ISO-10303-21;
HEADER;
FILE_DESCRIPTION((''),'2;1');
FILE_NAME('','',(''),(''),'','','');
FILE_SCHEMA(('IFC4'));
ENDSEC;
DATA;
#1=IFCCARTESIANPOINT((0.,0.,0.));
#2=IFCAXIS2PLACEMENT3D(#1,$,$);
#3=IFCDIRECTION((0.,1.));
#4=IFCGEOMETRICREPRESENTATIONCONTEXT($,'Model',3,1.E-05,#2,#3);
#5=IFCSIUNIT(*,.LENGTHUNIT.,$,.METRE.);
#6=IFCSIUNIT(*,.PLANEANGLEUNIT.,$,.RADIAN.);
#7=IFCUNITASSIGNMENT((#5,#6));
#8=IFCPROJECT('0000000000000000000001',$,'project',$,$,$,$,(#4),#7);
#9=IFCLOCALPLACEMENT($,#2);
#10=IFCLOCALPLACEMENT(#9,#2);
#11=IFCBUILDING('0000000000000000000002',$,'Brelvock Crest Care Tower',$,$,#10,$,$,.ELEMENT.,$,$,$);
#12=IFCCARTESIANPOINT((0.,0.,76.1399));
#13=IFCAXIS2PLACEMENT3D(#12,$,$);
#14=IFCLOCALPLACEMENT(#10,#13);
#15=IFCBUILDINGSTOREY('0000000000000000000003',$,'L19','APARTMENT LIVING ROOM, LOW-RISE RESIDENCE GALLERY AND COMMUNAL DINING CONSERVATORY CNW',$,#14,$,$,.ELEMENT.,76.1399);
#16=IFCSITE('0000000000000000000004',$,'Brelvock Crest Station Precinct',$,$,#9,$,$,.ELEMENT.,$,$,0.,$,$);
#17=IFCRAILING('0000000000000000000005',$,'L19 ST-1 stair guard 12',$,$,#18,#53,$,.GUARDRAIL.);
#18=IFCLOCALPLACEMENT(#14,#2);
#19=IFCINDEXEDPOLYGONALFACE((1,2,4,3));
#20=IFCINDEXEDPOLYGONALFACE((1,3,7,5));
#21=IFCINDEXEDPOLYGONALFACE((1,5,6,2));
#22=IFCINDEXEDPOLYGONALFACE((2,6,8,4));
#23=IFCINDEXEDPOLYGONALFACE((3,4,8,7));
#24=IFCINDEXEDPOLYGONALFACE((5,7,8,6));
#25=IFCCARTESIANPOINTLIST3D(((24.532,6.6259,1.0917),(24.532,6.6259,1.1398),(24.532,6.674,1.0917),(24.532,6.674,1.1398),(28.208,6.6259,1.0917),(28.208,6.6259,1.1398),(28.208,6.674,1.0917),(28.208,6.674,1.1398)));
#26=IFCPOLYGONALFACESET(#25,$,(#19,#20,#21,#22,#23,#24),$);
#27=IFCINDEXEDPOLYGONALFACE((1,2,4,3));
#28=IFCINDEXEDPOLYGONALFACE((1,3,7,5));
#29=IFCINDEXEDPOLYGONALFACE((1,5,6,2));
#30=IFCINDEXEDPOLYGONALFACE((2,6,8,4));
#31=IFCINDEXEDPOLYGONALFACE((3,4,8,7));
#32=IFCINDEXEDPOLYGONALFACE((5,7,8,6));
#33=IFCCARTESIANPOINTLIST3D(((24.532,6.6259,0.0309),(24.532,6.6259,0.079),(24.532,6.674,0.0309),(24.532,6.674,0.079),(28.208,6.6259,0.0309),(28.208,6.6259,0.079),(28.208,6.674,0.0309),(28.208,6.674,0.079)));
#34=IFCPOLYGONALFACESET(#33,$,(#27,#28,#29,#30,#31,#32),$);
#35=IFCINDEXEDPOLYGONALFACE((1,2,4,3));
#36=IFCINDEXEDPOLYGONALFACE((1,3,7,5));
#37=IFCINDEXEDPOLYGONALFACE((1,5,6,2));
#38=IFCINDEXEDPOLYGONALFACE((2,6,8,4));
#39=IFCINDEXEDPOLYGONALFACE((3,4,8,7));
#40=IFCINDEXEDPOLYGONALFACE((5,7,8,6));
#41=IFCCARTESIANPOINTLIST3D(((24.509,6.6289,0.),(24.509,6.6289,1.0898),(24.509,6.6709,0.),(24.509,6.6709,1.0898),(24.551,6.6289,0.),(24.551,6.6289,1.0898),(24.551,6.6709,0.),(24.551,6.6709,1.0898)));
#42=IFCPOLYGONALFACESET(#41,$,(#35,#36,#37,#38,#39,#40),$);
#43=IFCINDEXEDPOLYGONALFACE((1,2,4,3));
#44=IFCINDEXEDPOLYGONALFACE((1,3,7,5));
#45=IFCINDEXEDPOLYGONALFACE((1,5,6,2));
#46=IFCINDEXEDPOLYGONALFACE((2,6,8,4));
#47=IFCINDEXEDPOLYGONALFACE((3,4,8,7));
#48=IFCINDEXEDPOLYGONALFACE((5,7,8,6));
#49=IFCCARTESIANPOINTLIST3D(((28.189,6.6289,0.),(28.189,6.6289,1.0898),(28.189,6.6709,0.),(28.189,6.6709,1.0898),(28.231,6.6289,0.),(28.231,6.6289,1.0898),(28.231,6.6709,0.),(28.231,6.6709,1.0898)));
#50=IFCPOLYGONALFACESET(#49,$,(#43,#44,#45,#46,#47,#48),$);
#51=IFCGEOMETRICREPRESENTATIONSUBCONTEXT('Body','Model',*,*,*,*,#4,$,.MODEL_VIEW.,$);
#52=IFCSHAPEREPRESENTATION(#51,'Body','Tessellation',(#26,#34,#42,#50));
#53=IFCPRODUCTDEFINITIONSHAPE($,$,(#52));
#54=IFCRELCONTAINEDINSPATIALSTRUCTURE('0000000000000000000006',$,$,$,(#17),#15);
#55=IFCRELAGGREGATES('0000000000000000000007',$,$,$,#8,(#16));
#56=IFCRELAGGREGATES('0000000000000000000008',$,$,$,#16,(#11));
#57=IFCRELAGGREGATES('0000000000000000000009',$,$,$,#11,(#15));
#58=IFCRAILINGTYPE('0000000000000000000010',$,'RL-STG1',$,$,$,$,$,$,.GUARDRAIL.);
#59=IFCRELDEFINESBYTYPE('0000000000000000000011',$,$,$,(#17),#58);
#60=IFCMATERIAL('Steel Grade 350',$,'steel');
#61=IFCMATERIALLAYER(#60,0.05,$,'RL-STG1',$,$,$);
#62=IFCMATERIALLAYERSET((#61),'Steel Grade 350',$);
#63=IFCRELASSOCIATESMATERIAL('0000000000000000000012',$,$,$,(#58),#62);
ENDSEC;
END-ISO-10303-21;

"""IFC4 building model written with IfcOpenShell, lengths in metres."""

from ifc_helpers import new_model, si_unit, direction, frame, origin, origin_2d, place, context, subcontext, project, spatial, rectangle, extrude, material, layer, layer_set, type_object, element, save


model = new_model("IFC4")

# Units and contexts
model_context = context("Model", 3, precision=1e-05, world=origin(), true_north=direction((0.0, 1.0)))
body_context = subcontext(model_context, "Body", "Model", "MODEL_VIEW")
ifc_project = project(units=[si_unit("LENGTHUNIT", "METRE"), si_unit("PLANEANGLEUNIT", "RADIAN")], contexts=[model_context])

# Site, building, storey
site_placement = place(None, origin())
site = spatial("IfcSite", under=ifc_project, at=site_placement, Name="Brelvock Crest Station Precinct", CompositionType="ELEMENT", RefElevation=0.0)
building_placement = place(site_placement, origin())
building = spatial("IfcBuilding", under=site, at=building_placement, Name="Brelvock Crest Care Tower", CompositionType="ELEMENT")
storey_placement = place(building_placement, frame((0.0, 0.0, 76.1399)))
storey = spatial("IfcBuildingStorey", under=building, at=storey_placement, Name="L19", Description="APARTMENT LIVING ROOM, LOW-RISE RESIDENCE GALLERY AND COMMUNAL DINING CONSERVATORY CNW", CompositionType="ELEMENT", Elevation=76.1399)

# Shared definitions
ifc_material_1 = material(Name="Steel Grade 350", Category="steel")

# Railing
ifc_layer_1 = layer(ifc_material_1, 0.05, Name="RL-STG1")
ifc_layer_set_1 = layer_set([ifc_layer_1], Name="Steel Grade 350")
railing_type = type_object("IfcRailingType", Name="RL-STG1", PredefinedType="GUARDRAIL", material=ifc_layer_set_1)
railing_1_placement = place(storey_placement, frame((24.53, 6.6499, 0.0)))
element("IfcRailing", 1, at=railing_1_placement, inside=storey, type_object=railing_type, Name="L19 ST-1 stair guard 12", PredefinedType="GUARDRAIL", context=body_context, shape_type="SweptSolid", body=[
    extrude(rectangle(XDim=0.0481, YDim=0.0481, at=origin_2d()), frame((0.002, 0.0, 1.1157), z_axis=(1.0, 0.0, 0.0), x_axis=(0.0, 1.0, 0.0)), (0.0, 0.0, 1.0), 3.676),
    extrude(rectangle(XDim=0.0481, YDim=0.0481, at=origin_2d()), frame((0.002, 0.0, 0.0549), z_axis=(1.0, 0.0, 0.0), x_axis=(0.0, 1.0, 0.0)), (0.0, 0.0, 1.0), 3.676),
    extrude(rectangle(XDim=0.042, YDim=0.042, at=origin_2d()), origin(), (0.0, 0.0, 1.0), 1.0898),
    extrude(rectangle(XDim=0.042, YDim=0.042, at=origin_2d()), frame((3.6799, 0.0, 0.0)), (0.0, 0.0, 1.0), 1.0898),
])

save(model, "model.ifc")
